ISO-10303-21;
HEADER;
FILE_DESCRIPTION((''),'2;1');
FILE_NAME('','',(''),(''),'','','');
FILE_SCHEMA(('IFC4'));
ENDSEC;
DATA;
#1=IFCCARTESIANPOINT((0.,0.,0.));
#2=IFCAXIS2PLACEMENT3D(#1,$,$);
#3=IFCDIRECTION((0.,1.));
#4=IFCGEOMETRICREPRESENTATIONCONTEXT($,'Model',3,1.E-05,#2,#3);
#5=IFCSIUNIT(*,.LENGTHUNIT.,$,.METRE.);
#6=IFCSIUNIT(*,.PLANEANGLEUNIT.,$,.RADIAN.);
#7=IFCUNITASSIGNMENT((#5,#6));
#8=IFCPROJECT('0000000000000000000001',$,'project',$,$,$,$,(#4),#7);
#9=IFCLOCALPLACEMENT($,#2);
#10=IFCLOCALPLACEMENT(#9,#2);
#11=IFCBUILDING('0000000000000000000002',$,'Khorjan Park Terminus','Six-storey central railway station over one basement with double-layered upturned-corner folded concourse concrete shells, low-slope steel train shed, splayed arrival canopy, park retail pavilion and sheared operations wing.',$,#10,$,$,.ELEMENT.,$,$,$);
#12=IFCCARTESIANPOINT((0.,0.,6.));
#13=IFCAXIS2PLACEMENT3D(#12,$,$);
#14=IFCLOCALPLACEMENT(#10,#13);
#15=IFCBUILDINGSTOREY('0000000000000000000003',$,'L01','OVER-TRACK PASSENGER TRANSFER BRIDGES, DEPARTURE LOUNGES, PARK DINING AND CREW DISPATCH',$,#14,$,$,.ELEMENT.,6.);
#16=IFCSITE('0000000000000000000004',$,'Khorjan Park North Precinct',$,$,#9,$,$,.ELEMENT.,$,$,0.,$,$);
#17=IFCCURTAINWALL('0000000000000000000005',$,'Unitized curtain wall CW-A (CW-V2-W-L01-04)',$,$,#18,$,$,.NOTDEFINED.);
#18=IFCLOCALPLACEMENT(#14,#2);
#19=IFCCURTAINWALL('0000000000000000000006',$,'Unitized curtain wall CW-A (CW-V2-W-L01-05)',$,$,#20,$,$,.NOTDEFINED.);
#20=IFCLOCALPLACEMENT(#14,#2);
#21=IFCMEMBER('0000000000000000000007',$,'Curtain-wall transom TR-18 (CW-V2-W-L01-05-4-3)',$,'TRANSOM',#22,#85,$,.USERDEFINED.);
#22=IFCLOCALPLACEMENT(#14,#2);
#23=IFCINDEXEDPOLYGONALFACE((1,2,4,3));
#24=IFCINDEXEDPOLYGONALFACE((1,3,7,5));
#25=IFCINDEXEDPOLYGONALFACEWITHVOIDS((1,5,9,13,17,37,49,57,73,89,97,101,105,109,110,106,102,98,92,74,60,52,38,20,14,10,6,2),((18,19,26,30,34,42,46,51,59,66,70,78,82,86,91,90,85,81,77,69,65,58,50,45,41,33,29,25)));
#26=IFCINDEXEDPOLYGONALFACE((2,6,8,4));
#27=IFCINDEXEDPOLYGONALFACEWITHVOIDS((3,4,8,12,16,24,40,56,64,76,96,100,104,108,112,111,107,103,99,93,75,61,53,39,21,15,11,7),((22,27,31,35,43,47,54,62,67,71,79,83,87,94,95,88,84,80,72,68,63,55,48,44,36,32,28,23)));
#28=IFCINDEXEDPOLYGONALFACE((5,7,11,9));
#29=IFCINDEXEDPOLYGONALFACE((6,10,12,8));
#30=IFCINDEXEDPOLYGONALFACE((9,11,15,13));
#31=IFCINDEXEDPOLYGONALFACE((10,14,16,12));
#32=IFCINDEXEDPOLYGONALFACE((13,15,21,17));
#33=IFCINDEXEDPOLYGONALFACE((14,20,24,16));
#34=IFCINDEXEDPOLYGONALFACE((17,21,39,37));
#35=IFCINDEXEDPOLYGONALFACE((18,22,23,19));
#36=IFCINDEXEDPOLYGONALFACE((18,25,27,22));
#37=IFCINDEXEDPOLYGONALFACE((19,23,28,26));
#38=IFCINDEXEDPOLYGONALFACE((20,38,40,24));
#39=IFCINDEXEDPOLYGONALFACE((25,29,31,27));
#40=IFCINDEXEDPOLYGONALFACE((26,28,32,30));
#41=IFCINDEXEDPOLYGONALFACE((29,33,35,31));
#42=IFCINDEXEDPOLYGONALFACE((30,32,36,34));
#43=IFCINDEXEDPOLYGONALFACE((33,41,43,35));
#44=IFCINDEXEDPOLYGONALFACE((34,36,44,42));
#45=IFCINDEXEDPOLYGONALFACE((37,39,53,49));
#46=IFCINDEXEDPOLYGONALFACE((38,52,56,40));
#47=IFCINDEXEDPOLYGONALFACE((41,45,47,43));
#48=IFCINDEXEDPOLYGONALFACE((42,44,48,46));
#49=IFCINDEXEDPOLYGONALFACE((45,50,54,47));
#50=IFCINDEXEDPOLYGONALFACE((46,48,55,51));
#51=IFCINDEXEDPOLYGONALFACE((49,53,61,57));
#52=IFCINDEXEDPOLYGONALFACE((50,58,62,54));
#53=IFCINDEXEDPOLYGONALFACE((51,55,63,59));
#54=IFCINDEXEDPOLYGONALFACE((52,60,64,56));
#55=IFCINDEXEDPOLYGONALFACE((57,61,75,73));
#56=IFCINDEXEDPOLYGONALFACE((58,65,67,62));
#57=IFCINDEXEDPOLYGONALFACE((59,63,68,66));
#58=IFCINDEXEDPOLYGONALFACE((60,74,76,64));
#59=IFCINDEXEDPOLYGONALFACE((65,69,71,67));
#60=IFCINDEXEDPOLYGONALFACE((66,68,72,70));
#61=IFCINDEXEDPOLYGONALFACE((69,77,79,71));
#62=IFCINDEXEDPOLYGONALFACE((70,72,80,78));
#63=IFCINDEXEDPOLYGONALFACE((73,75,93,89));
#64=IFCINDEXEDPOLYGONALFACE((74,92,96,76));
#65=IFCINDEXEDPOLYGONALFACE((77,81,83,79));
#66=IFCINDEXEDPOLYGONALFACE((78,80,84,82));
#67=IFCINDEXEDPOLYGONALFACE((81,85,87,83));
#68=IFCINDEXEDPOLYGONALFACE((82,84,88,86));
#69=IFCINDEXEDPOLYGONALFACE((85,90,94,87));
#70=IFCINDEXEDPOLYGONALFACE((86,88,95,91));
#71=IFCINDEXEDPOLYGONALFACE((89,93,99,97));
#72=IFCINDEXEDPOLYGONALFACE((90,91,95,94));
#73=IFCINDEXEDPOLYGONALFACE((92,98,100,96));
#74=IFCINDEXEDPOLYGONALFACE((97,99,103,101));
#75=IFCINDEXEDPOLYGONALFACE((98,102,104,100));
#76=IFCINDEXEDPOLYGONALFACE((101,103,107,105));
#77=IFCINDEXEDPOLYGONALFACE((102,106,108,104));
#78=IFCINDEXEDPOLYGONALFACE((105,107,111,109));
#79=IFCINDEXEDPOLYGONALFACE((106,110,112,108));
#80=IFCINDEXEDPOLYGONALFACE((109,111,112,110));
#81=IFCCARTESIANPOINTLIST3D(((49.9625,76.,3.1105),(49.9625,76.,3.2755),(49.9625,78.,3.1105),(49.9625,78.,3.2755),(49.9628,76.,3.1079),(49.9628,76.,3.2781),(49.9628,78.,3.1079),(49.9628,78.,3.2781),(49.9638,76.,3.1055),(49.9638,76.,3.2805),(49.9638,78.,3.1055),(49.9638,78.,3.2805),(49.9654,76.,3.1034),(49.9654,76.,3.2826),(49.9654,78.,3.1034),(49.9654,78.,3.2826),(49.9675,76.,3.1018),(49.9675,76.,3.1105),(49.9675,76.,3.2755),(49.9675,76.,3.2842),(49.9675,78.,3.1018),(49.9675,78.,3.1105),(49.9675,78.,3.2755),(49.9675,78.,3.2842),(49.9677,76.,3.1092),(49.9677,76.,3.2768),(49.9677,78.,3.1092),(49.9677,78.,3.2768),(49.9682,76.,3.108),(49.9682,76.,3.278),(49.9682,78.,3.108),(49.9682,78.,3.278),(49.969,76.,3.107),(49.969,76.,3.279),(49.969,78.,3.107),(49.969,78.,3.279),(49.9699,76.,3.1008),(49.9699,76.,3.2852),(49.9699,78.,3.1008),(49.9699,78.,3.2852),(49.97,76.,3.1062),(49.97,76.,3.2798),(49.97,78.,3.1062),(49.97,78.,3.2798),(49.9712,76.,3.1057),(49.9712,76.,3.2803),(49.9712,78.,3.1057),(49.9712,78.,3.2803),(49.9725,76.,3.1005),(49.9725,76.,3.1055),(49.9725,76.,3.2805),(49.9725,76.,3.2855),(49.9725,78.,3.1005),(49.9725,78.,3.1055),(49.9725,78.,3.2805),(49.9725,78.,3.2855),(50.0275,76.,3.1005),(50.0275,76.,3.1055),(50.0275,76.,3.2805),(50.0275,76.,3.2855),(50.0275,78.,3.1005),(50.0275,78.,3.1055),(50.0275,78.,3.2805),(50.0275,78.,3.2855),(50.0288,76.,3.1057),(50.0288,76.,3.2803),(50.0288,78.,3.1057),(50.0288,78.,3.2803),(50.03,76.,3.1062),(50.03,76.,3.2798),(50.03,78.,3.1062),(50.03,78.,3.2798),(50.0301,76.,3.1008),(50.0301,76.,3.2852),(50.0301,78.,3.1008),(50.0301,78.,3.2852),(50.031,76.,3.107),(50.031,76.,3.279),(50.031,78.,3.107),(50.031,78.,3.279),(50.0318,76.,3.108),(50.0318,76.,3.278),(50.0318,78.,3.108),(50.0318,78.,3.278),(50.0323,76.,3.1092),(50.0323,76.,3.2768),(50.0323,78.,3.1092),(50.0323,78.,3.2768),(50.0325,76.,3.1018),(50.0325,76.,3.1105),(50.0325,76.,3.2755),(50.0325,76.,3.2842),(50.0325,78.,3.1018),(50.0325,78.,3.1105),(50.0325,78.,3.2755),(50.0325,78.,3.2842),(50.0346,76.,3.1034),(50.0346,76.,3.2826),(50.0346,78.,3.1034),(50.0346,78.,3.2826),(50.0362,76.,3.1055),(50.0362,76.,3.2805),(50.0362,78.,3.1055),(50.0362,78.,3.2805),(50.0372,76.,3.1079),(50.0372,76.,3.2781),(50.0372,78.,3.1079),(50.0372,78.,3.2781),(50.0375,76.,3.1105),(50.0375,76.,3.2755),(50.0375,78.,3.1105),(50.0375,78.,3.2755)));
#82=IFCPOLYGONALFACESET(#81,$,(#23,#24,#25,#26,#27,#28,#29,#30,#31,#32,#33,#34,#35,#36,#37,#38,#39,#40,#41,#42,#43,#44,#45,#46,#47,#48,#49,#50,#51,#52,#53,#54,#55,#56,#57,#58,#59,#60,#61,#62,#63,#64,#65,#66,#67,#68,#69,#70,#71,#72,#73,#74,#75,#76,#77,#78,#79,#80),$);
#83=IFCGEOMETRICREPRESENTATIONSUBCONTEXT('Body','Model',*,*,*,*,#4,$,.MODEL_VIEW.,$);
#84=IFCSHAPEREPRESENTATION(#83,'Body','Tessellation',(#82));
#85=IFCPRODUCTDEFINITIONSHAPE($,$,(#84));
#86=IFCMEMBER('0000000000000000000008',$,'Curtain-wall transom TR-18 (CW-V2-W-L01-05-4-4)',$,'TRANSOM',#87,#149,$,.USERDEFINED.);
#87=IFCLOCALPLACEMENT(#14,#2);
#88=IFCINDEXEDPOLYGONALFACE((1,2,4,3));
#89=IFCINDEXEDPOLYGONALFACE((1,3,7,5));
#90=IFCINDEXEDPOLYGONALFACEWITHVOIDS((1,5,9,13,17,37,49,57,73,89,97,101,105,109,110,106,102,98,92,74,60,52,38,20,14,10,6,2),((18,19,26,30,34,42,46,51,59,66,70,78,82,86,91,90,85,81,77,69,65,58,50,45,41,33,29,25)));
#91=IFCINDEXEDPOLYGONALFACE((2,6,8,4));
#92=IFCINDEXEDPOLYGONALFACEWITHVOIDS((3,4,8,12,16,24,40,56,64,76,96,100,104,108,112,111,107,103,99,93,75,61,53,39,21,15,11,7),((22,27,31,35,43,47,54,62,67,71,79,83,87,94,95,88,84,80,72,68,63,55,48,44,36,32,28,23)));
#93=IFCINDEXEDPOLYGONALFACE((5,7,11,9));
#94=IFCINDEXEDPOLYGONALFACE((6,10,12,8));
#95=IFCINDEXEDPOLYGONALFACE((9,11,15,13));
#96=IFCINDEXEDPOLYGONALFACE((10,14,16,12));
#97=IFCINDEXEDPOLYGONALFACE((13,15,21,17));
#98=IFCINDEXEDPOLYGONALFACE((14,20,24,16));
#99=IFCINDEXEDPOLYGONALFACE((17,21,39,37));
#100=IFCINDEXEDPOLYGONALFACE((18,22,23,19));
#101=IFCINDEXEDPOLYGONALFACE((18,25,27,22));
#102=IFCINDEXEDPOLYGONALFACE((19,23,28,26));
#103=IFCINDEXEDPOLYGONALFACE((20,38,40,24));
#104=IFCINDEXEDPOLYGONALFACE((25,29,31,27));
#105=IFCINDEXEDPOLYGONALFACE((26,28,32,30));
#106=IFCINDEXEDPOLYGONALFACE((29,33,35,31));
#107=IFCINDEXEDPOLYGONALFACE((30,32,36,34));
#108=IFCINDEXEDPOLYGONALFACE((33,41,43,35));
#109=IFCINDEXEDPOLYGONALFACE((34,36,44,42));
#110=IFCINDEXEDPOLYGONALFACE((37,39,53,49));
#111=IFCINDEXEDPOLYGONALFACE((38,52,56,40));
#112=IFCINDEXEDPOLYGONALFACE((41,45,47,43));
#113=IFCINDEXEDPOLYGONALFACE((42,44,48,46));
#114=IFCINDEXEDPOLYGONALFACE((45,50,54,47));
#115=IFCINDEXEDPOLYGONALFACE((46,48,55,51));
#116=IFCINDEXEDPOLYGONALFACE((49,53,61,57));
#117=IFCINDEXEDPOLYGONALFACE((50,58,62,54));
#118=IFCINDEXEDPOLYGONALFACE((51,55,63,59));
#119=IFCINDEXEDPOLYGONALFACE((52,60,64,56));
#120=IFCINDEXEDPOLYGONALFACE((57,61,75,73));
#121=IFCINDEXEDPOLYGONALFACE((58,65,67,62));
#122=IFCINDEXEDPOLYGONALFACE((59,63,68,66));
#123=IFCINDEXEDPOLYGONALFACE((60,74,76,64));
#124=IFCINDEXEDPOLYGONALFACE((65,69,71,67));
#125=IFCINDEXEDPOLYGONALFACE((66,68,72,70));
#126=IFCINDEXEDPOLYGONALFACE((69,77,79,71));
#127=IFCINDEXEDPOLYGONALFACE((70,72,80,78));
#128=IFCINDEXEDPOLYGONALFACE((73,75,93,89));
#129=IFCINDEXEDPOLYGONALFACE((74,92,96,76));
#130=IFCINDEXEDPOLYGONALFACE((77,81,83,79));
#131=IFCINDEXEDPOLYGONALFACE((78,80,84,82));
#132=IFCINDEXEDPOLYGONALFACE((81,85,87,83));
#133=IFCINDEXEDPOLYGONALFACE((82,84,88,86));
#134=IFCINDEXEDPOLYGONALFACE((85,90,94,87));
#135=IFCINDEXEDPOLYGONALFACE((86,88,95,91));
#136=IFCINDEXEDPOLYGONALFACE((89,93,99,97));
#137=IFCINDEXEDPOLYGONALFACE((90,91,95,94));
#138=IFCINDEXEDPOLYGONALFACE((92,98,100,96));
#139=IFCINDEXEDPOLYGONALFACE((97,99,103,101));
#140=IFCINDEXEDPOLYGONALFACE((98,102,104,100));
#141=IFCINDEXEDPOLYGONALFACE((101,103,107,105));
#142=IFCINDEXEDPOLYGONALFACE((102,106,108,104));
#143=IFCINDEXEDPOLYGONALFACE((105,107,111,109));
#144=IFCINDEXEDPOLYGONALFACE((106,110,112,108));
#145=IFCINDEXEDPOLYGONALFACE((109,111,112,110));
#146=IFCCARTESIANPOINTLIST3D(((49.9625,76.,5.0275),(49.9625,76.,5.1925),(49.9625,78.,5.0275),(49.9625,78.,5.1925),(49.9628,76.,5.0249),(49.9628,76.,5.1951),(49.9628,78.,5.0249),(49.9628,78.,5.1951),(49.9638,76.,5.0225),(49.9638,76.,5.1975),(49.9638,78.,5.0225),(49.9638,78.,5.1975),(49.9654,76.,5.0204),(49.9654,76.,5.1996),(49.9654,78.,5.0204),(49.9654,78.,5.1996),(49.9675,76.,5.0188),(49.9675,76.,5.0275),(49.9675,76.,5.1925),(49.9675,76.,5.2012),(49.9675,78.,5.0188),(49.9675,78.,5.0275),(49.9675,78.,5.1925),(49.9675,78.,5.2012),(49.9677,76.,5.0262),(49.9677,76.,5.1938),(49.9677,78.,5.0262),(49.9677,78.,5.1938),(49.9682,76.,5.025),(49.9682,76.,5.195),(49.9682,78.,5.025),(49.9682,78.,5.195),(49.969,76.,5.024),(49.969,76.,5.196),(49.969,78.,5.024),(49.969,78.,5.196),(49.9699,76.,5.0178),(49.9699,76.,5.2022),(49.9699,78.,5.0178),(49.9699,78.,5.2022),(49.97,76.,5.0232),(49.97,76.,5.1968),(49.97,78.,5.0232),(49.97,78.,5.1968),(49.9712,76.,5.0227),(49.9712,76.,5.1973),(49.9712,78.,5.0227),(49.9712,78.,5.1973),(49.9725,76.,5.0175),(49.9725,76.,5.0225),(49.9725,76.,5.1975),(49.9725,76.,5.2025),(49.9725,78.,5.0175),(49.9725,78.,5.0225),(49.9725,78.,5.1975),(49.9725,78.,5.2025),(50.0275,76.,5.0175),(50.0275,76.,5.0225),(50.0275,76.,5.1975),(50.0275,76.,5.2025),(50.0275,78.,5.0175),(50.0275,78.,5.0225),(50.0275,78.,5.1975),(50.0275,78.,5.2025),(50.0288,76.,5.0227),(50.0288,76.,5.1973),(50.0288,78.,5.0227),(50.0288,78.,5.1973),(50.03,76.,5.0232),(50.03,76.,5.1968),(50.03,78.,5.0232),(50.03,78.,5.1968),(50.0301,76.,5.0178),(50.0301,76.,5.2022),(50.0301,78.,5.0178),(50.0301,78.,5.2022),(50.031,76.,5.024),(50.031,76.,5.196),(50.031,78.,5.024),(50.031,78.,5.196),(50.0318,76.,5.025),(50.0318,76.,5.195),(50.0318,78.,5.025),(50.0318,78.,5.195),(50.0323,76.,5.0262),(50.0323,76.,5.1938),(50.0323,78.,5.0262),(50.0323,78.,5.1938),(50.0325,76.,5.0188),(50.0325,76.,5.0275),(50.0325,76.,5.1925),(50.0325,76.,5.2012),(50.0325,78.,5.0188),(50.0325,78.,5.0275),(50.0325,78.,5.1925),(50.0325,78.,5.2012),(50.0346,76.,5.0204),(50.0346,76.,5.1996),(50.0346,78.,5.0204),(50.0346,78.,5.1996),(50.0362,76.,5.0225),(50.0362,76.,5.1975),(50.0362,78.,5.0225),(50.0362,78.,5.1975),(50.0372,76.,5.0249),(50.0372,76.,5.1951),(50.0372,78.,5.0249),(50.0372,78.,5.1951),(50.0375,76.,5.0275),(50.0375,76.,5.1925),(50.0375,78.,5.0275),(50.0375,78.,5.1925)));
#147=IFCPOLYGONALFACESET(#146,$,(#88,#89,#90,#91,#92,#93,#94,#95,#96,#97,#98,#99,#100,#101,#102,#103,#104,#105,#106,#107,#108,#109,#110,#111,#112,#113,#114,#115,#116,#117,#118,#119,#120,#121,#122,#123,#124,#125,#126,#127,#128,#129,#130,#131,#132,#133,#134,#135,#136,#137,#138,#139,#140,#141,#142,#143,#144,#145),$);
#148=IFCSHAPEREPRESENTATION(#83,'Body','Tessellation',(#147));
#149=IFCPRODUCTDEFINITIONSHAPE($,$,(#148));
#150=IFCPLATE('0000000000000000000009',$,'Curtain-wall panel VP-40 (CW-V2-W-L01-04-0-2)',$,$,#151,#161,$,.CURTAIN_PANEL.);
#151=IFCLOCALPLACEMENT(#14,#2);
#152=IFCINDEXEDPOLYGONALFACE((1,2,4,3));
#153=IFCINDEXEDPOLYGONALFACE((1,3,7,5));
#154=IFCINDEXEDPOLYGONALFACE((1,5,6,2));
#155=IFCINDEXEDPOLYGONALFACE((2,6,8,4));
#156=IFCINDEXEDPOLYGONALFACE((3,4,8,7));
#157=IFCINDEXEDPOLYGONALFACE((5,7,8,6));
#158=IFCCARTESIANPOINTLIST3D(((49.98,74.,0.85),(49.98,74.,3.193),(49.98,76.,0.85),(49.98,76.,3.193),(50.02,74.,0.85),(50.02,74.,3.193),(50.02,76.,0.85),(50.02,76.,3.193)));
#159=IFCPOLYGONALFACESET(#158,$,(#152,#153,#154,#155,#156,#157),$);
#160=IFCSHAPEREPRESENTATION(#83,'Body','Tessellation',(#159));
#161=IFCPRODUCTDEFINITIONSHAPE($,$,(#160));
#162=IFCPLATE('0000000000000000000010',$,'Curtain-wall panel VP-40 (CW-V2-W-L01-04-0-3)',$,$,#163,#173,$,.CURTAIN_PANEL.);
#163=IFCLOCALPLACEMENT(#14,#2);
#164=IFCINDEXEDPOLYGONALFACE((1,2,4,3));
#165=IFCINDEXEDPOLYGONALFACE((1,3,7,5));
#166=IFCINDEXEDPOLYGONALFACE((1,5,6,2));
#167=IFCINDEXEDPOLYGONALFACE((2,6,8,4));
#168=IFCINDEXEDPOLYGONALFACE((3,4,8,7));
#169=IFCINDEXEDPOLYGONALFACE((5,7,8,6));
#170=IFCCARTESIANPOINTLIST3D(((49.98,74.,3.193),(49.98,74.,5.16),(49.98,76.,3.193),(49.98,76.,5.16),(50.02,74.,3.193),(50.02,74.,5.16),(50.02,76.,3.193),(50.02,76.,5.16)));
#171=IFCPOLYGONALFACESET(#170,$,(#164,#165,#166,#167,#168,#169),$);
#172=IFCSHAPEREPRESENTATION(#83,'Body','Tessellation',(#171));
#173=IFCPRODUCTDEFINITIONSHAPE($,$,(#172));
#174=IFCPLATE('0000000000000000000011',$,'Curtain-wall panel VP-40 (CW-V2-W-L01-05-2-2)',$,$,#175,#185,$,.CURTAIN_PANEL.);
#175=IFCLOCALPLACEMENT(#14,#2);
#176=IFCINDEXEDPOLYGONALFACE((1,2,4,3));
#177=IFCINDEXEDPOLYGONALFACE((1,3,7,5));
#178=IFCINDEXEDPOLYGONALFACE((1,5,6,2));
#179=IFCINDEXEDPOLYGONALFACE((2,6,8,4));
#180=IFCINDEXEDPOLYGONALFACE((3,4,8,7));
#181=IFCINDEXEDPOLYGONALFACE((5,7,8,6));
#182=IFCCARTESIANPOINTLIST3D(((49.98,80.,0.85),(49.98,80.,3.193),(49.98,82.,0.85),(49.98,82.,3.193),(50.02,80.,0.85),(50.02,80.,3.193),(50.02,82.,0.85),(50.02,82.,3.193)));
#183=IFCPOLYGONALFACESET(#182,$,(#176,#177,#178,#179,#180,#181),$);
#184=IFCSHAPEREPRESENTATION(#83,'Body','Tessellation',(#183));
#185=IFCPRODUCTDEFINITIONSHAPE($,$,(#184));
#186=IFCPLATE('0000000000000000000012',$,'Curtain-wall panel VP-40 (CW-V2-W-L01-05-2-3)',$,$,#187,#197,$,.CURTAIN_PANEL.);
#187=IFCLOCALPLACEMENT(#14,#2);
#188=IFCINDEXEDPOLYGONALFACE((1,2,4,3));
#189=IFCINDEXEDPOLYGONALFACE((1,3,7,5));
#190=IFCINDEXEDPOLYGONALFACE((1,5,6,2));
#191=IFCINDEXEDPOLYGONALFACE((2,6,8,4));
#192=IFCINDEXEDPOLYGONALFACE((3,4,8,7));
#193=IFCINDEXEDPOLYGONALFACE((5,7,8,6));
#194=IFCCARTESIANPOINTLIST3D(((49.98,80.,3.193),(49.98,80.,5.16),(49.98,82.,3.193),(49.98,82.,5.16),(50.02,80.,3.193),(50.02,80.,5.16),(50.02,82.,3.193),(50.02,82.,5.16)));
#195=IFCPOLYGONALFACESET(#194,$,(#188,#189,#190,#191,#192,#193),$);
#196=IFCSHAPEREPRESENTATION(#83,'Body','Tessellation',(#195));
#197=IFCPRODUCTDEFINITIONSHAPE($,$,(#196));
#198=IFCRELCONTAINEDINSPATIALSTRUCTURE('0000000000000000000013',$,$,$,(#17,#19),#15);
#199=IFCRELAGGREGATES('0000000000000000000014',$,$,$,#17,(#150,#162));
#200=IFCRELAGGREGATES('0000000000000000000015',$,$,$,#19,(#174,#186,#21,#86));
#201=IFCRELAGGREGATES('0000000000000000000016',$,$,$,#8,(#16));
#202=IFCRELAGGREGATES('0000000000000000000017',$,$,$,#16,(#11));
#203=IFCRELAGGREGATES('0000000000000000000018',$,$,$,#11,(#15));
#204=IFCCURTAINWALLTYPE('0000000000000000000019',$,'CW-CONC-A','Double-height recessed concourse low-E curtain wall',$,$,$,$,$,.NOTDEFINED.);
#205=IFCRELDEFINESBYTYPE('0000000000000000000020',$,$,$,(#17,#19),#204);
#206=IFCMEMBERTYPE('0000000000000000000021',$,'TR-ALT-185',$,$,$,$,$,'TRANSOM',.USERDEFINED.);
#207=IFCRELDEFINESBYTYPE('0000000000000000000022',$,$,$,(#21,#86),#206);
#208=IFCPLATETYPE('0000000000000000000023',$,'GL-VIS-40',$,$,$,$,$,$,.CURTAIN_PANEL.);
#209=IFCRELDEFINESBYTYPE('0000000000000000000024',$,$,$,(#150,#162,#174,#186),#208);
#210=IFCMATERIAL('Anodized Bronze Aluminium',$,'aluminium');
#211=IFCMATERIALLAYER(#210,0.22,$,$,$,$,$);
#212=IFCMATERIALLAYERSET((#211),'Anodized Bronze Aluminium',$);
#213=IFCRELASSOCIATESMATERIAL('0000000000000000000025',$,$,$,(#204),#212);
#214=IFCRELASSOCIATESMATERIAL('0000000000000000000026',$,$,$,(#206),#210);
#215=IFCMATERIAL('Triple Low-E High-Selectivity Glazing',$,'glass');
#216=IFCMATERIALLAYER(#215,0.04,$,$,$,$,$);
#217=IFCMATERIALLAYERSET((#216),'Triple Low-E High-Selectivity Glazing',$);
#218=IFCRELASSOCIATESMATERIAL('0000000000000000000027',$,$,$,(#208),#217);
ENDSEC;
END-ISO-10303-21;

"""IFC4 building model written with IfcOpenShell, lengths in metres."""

from ifc_helpers import new_model, si_unit, direction, frame, origin, origin_2d, place, context, subcontext, project, spatial, rectangle, hollow_rectangle, extrude, material, layer, layer_set, material_profile, profile_set, type_object, element, aggregate, save


model = new_model("IFC4")

# Units and contexts
model_context = context("Model", 3, precision=1e-05, world=origin(), true_north=direction((0.0, 1.0)))
body_context = subcontext(model_context, "Body", "Model", "MODEL_VIEW")
ifc_project = project(units=[si_unit("LENGTHUNIT", "METRE"), si_unit("PLANEANGLEUNIT", "RADIAN")], contexts=[model_context])

# Site, building, storey
site_placement = place(None, origin())
site = spatial("IfcSite", under=ifc_project, at=site_placement, Name="Khorjan Park North Precinct", CompositionType="ELEMENT", RefElevation=0.0)
building_placement = place(site_placement, origin())
building = spatial("IfcBuilding", under=site, at=building_placement, Name="Khorjan Park Terminus", Description="Six-storey central railway station over one basement with double-layered upturned-corner folded concourse concrete shells, low-slope steel train shed, splayed arrival canopy, park retail pavilion and sheared operations wing.", CompositionType="ELEMENT")
storey_placement = place(building_placement, frame((0.0, 0.0, 6.0)))
storey = spatial("IfcBuildingStorey", under=building, at=storey_placement, Name="L01", Description="OVER-TRACK PASSENGER TRANSFER BRIDGES, DEPARTURE LOUNGES, PARK DINING AND CREW DISPATCH", CompositionType="ELEMENT", Elevation=6.0)

# Curtain wall
ifc_material_1 = material(Name="Anodized Bronze Aluminium", Category="aluminium")
ifc_layer_1 = layer(ifc_material_1, 0.22)
ifc_layer_set_1 = layer_set([ifc_layer_1], Name="Anodized Bronze Aluminium")
curtain_wall_type = type_object("IfcCurtainWallType", Name="CW-CONC-A", Description="Double-height recessed concourse low-E curtain wall", PredefinedType="NOTDEFINED", material=ifc_layer_set_1)
curtain_wall_1_placement = place(storey_placement, origin())
curtain_wall_1 = element("IfcCurtainWall", 1, at=curtain_wall_1_placement, inside=storey, type_object=curtain_wall_type, Name="Unitized curtain wall CW-A (CW-V2-W-L01-04)", PredefinedType="NOTDEFINED")

# Curtain wall
curtain_wall_2_placement = place(storey_placement, origin())
curtain_wall_2 = element("IfcCurtainWall", 2, at=curtain_wall_2_placement, inside=storey, type_object=curtain_wall_type, Name="Unitized curtain wall CW-A (CW-V2-W-L01-05)", PredefinedType="NOTDEFINED")

# Members
ifc_material_profile_1 = material_profile(ifc_material_1, hollow_rectangle(XDim=0.075, YDim=0.185, WallThickness=0.005, InnerFilletRadius=0.005, OuterFilletRadius=0.01, at=origin_2d()), Name="ALT 75x185x5")
ifc_profile_set_1 = profile_set([ifc_material_profile_1], Name="Anodized Bronze Aluminium")
member_type_1 = type_object("IfcMemberType", Name="TR-ALT-185", ElementType="TRANSOM", PredefinedType="USERDEFINED", material=ifc_profile_set_1)
member_1_placement = place(storey_placement, frame((50.0, 78.0, 3.193), z_axis=(0.0, -1.0, 0.0), x_axis=(1.0, 0.0, 0.0)))
member_1 = element("IfcMember", 3, at=member_1_placement, type_object=member_type_1, Name="Curtain-wall transom TR-18 (CW-V2-W-L01-05-4-3)", ObjectType="TRANSOM", PredefinedType="USERDEFINED", context=body_context, shape_type="SweptSolid", body=[
    extrude(hollow_rectangle(XDim=0.075, YDim=0.185, WallThickness=0.005, InnerFilletRadius=0.005, OuterFilletRadius=0.01, at=origin_2d()), origin(), (0.0, 0.0, 1.0), 2.0),
])
member_2_placement = place(storey_placement, frame((50.0, 78.0, 5.11), z_axis=(0.0, -1.0, 0.0), x_axis=(1.0, 0.0, 0.0)))
member_2 = element("IfcMember", 4, at=member_2_placement, type_object=member_type_1, Name="Curtain-wall transom TR-18 (CW-V2-W-L01-05-4-4)", ObjectType="TRANSOM", PredefinedType="USERDEFINED", context=body_context, shape_type="SweptSolid", body=[
    extrude(hollow_rectangle(XDim=0.075, YDim=0.185, WallThickness=0.005, InnerFilletRadius=0.005, OuterFilletRadius=0.01, at=origin_2d()), origin(), (0.0, 0.0, 1.0), 2.0),
])

# Plates
ifc_material_2 = material(Name="Triple Low-E High-Selectivity Glazing", Category="glass")
ifc_layer_2 = layer(ifc_material_2, 0.04)
ifc_layer_set_2 = layer_set([ifc_layer_2], Name="Triple Low-E High-Selectivity Glazing")
plate_type_1 = type_object("IfcPlateType", Name="GL-VIS-40", PredefinedType="CURTAIN_PANEL", material=ifc_layer_set_2)
plate_1_placement = place(storey_placement, frame((50.0, 75.0, 0.85), z_axis=(0.0, 0.0, 1.0), x_axis=(0.0, -1.0, 0.0)))
plate_1 = element("IfcPlate", 5, at=plate_1_placement, type_object=plate_type_1, Name="Curtain-wall panel VP-40 (CW-V2-W-L01-04-0-2)", PredefinedType="CURTAIN_PANEL", context=body_context, shape_type="SweptSolid", body=[
    extrude(rectangle(XDim=2.0, YDim=0.04, at=origin_2d()), origin(), (0.0, 0.0, 1.0), 2.343),
])
plate_2_placement = place(storey_placement, frame((50.0, 75.0, 3.193), z_axis=(0.0, 0.0, 1.0), x_axis=(0.0, -1.0, 0.0)))
plate_2 = element("IfcPlate", 6, at=plate_2_placement, type_object=plate_type_1, Name="Curtain-wall panel VP-40 (CW-V2-W-L01-04-0-3)", PredefinedType="CURTAIN_PANEL", context=body_context, shape_type="SweptSolid", body=[
    extrude(rectangle(XDim=2.0, YDim=0.04, at=origin_2d()), origin(), (0.0, 0.0, 1.0), 1.967),
])
plate_3_placement = place(storey_placement, frame((50.0, 81.0, 0.85), z_axis=(0.0, 0.0, 1.0), x_axis=(0.0, -1.0, 0.0)))
plate_3 = element("IfcPlate", 7, at=plate_3_placement, type_object=plate_type_1, Name="Curtain-wall panel VP-40 (CW-V2-W-L01-05-2-2)", PredefinedType="CURTAIN_PANEL", context=body_context, shape_type="SweptSolid", body=[
    extrude(rectangle(XDim=2.0, YDim=0.04, at=origin_2d()), origin(), (0.0, 0.0, 1.0), 2.343),
])
plate_4_placement = place(storey_placement, frame((50.0, 81.0, 3.193), z_axis=(0.0, 0.0, 1.0), x_axis=(0.0, -1.0, 0.0)))
plate_4 = element("IfcPlate", 8, at=plate_4_placement, type_object=plate_type_1, Name="Curtain-wall panel VP-40 (CW-V2-W-L01-05-2-3)", PredefinedType="CURTAIN_PANEL", context=body_context, shape_type="SweptSolid", body=[
    extrude(rectangle(XDim=2.0, YDim=0.04, at=origin_2d()), origin(), (0.0, 0.0, 1.0), 1.967),
])
aggregate(curtain_wall_1, [plate_1, plate_2])
aggregate(curtain_wall_2, [plate_3, plate_4, member_1, member_2])

save(model, "model.ifc")
